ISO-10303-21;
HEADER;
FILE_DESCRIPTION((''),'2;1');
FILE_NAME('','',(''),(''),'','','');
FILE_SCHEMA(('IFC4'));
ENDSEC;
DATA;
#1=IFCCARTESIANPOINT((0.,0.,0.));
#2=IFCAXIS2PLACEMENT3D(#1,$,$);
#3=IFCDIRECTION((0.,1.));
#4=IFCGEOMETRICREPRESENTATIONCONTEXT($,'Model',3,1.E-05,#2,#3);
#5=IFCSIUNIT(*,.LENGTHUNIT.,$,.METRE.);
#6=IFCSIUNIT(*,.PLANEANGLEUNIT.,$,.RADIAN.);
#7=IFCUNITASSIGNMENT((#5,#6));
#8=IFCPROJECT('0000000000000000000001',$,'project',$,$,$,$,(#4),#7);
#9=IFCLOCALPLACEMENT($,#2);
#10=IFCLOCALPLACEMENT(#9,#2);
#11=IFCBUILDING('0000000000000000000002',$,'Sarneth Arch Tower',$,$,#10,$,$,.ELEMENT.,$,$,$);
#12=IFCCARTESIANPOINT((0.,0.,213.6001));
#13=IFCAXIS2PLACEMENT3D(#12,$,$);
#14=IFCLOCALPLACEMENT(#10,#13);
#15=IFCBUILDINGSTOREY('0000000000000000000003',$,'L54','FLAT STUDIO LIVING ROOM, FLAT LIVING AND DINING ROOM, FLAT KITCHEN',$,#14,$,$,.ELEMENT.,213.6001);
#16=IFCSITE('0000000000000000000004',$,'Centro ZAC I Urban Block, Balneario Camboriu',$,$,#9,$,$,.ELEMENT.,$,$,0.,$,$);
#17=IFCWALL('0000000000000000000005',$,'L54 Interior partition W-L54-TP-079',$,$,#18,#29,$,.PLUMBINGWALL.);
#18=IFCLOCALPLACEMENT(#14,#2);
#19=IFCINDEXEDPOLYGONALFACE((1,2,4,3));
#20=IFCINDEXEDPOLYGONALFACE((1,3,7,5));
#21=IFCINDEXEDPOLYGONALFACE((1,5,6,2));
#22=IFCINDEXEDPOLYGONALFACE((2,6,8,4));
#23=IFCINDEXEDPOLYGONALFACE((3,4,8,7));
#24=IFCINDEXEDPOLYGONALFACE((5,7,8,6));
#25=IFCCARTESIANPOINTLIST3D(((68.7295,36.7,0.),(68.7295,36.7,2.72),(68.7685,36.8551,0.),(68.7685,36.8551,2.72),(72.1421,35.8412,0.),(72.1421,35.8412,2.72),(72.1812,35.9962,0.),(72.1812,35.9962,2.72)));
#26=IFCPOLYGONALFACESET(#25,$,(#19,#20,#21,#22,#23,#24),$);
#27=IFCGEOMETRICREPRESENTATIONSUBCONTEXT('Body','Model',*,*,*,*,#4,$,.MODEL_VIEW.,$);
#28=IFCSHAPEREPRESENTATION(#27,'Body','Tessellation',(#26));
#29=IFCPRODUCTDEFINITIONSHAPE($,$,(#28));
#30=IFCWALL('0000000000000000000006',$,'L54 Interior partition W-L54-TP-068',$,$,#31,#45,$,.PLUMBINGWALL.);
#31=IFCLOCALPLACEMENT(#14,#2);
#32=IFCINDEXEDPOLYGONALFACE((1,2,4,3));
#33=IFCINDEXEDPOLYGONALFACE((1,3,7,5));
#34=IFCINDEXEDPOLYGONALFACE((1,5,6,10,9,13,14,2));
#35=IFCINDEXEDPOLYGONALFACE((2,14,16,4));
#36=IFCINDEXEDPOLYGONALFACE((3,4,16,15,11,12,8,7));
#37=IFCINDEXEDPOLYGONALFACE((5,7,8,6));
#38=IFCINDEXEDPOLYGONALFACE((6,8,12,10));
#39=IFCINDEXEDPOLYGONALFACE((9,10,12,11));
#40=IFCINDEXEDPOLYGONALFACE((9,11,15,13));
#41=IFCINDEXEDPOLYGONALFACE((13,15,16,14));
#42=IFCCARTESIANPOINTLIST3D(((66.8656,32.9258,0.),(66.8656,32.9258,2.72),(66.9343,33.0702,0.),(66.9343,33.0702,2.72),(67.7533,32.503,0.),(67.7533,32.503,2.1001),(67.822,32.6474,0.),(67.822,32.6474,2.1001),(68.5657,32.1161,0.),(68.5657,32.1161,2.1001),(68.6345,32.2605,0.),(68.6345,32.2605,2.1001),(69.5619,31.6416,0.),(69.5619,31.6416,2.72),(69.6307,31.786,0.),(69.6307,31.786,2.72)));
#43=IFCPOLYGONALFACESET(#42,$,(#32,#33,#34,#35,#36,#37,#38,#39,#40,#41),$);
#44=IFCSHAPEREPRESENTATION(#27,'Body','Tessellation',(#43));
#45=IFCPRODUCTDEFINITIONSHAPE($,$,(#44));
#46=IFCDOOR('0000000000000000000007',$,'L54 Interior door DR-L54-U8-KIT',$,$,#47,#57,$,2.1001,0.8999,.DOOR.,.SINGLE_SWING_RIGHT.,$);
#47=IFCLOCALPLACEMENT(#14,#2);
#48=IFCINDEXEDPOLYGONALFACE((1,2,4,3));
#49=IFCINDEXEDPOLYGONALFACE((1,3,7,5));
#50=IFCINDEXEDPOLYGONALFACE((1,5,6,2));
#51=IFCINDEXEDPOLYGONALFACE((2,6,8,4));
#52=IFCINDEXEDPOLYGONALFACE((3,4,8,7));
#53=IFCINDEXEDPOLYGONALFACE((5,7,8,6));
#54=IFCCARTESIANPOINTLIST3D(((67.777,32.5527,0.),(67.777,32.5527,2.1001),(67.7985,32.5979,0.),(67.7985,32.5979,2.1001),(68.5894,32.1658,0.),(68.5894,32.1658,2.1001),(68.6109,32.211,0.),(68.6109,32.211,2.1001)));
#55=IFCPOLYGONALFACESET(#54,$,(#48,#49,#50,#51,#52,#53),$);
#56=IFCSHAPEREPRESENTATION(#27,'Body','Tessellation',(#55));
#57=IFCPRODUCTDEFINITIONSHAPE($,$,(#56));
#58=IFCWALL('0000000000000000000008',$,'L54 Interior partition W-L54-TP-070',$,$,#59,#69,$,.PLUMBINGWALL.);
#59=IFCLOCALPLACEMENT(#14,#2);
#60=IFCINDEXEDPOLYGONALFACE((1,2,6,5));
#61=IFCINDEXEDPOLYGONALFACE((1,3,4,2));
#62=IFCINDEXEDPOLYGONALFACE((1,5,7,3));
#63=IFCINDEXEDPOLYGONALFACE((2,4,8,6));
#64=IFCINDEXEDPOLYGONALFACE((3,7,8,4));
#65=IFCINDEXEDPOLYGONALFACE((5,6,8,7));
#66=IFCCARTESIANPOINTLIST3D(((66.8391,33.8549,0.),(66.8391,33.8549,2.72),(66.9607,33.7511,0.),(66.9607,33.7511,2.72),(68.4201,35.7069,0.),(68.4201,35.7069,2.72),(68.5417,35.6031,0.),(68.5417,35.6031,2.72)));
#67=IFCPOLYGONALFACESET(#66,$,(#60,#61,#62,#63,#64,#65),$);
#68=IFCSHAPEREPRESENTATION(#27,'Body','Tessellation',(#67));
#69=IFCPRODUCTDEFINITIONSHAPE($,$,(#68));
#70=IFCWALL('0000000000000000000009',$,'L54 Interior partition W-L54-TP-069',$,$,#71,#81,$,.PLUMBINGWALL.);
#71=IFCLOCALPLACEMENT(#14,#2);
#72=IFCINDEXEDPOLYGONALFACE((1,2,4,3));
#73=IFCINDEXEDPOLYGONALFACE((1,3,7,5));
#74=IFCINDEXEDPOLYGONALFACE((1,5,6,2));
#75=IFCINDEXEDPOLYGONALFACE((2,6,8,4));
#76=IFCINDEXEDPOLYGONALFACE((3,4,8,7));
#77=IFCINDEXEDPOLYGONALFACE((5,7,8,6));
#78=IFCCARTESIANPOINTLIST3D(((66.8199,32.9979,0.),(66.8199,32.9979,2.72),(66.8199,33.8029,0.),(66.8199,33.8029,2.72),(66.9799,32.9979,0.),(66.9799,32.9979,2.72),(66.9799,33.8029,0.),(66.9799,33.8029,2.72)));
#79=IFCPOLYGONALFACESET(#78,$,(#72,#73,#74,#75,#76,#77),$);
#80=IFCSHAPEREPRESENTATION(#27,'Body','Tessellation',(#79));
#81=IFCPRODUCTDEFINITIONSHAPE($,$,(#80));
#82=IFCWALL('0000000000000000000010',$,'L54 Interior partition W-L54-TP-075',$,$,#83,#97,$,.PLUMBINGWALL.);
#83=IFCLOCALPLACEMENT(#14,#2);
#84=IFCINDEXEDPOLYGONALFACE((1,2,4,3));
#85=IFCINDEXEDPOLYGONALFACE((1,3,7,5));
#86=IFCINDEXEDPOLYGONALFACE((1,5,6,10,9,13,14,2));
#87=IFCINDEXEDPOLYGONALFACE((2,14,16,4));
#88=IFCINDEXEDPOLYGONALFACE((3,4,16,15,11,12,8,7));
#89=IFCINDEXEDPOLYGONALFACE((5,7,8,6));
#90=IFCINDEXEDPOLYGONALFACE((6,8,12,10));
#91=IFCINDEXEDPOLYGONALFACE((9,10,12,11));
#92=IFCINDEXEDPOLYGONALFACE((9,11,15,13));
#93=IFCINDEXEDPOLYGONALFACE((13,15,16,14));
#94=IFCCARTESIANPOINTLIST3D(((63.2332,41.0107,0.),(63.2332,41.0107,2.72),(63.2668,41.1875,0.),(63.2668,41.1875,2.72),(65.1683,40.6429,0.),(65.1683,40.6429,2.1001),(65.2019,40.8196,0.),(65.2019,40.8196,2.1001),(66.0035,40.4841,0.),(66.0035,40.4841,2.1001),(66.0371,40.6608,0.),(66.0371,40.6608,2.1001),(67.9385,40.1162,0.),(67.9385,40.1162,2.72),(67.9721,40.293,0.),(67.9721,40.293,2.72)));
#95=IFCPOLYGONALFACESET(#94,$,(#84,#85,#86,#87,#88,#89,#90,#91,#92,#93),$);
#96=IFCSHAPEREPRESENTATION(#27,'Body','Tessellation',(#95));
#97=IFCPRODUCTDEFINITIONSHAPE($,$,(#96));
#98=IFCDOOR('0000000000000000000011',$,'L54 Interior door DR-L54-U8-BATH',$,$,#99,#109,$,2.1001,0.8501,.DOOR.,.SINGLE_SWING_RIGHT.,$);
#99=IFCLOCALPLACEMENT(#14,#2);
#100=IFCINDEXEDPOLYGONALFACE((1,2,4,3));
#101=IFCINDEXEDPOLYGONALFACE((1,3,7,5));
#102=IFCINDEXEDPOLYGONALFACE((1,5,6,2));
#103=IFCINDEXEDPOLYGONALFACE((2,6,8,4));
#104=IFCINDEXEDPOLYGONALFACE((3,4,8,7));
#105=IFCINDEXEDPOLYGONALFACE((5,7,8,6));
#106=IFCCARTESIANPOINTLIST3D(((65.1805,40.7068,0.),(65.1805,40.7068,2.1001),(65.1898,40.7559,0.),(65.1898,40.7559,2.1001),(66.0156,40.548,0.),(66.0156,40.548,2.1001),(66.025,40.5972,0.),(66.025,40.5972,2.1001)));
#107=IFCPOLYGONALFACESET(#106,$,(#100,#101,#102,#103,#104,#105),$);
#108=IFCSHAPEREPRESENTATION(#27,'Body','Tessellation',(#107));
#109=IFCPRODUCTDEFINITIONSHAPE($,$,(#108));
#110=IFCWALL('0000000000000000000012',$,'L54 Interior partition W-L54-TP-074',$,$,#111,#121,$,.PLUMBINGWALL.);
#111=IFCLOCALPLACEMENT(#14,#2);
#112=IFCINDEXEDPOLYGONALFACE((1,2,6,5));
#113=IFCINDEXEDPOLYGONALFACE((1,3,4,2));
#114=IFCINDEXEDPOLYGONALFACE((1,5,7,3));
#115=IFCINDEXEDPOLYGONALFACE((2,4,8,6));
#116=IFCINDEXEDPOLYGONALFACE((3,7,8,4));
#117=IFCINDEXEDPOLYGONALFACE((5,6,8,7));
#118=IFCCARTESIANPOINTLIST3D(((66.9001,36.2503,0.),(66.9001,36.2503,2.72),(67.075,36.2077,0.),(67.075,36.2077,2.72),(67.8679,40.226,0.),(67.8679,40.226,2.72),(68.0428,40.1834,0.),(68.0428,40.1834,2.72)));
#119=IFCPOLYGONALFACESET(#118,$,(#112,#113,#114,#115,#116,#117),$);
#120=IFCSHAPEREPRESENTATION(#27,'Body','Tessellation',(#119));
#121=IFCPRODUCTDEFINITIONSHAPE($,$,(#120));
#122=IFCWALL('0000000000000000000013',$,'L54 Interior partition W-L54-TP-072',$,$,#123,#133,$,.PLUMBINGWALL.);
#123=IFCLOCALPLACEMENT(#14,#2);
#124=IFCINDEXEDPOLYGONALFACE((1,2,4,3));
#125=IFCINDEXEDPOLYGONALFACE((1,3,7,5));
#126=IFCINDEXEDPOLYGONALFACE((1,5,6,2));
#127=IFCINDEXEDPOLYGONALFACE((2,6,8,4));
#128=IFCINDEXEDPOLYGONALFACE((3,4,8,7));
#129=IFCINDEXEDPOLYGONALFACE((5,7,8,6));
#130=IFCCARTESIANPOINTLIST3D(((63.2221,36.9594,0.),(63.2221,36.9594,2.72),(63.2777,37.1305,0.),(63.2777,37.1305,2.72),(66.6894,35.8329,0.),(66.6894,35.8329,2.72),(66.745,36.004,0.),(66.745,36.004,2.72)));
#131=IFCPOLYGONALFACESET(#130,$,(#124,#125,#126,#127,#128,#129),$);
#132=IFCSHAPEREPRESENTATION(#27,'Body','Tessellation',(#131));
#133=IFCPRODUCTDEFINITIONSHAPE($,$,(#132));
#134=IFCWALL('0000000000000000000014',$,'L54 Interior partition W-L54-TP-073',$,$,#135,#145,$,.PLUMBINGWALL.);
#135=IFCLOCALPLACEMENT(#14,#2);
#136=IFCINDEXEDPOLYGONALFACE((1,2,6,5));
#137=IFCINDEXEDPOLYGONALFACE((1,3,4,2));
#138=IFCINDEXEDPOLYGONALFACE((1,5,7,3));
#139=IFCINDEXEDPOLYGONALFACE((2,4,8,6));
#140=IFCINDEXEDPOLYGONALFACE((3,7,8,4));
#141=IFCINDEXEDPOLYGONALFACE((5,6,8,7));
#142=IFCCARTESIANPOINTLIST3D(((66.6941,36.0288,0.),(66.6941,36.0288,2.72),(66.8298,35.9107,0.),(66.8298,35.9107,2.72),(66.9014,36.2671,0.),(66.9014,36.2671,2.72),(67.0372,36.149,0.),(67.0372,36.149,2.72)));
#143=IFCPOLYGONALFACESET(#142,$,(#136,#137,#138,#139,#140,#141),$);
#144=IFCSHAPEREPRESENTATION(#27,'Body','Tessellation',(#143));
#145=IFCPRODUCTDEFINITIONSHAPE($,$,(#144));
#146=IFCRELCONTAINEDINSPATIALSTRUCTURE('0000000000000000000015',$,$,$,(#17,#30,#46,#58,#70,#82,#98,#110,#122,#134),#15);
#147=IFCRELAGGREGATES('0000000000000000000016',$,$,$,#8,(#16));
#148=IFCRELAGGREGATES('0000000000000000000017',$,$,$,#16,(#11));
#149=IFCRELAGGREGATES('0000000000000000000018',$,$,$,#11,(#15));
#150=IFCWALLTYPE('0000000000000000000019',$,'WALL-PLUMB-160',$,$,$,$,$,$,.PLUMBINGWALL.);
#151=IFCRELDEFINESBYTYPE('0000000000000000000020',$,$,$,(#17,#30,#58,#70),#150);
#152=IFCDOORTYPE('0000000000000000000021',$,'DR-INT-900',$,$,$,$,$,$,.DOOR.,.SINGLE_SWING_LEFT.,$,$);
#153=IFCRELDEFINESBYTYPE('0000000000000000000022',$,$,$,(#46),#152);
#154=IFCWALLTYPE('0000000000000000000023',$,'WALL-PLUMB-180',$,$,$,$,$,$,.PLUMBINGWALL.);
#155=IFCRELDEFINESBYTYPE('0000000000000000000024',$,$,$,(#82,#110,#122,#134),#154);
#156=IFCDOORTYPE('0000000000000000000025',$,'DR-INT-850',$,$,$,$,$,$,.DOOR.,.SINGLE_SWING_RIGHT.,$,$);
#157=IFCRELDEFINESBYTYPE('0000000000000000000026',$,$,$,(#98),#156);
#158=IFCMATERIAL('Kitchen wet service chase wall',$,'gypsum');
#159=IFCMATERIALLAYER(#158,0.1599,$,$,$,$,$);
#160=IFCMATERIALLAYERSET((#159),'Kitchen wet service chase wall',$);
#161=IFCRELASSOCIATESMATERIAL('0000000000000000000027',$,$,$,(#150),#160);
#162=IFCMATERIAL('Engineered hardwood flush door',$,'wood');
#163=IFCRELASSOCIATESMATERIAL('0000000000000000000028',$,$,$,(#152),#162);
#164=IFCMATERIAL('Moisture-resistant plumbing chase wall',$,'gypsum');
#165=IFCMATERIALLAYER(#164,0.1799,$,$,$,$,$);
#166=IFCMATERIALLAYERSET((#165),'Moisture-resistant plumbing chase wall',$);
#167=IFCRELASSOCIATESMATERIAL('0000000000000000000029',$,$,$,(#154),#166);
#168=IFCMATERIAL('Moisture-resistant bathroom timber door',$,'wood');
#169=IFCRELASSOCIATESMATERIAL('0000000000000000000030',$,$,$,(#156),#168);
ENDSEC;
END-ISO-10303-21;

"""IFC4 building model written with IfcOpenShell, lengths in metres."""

from ifc_helpers import new_model, si_unit, direction, frame, frame_2d, origin, place, context, subcontext, project, spatial, rectangle, extrude, material, layer, layer_set, type_object, element, fill, save


model = new_model("IFC4")

# Units and contexts
model_context = context("Model", 3, precision=1e-05, world=origin(), true_north=direction((0.0, 1.0)))
body_context = subcontext(model_context, "Body", "Model", "MODEL_VIEW")
ifc_project = project(units=[si_unit("LENGTHUNIT", "METRE"), si_unit("PLANEANGLEUNIT", "RADIAN")], contexts=[model_context])

# Site, building, storey
site_placement = place(None, origin())
site = spatial("IfcSite", under=ifc_project, at=site_placement, Name="Centro ZAC I Urban Block, Balneario Camboriu", CompositionType="ELEMENT", RefElevation=0.0)
building_placement = place(site_placement, origin())
building = spatial("IfcBuilding", under=site, at=building_placement, Name="Sarneth Arch Tower", CompositionType="ELEMENT")
storey_placement = place(building_placement, frame((0.0, 0.0, 213.6001)))
storey = spatial("IfcBuildingStorey", under=building, at=storey_placement, Name="L54", Description="FLAT STUDIO LIVING ROOM, FLAT LIVING AND DINING ROOM, FLAT KITCHEN", CompositionType="ELEMENT", Elevation=213.6001)

# Wall
ifc_material_1 = material(Name="Kitchen wet service chase wall", Category="gypsum")
ifc_layer_1 = layer(ifc_material_1, 0.1599)
ifc_layer_set_1 = layer_set([ifc_layer_1], Name="Kitchen wet service chase wall")
wall_type_1 = type_object("IfcWallType", Name="WALL-PLUMB-160", PredefinedType="PLUMBINGWALL", material=ifc_layer_set_1)
wall_1_placement = place(storey_placement, frame((68.749, 36.7776, 0.0), z_axis=(0.0, 0.0, 1.0), x_axis=(0.969758, -0.24407, 0.0)))
element("IfcWall", 1, at=wall_1_placement, inside=storey, type_object=wall_type_1, Name="L54 Interior partition W-L54-TP-079", PredefinedType="PLUMBINGWALL", context=body_context, shape_type="SweptSolid", body=[
    extrude(rectangle(XDim=3.519, YDim=0.1599, at=frame_2d((1.7595, 0.0))), origin(), (0.0, 0.0, 1.0), 2.72),
])

# Wall, opening, door
wall_2_placement = place(storey_placement, frame((69.5962, 31.7139, 0.0), z_axis=(0.0, 0.0, 1.0), x_axis=(-0.90283, 0.429997, 0.0)))
wall_2 = element("IfcWall", 2, at=wall_2_placement, inside=storey, type_object=wall_type_1, Name="L54 Interior partition W-L54-TP-068", PredefinedType="PLUMBINGWALL", context=body_context, shape_type="SweptSolid", body=[
    extrude(rectangle(XDim=2.9866, YDim=0.1599, at=frame_2d((1.4932, 0.0))), origin(), (0.0, 0.0, 1.0), 2.72),
])
opening_1_placement = place(wall_2_placement, frame((1.1033, 0.0, 0.0)))
opening_1 = element("IfcOpeningElement", 3, at=opening_1_placement, cuts=wall_2, PredefinedType="OPENING", context=body_context, shape_type="SweptSolid", body=[
    extrude(rectangle(XDim=0.8999, YDim=2.1001, at=frame_2d((0.45, 1.05))), frame((0.0, 0.0898, 0.0), z_axis=(0.0, -1.0, 0.0), x_axis=(1.0, 0.0, 0.0)), (0.0, 0.0, 1.0), 0.1799),
])
ifc_material_2 = material(Name="Engineered hardwood flush door", Category="wood")
door_type_1 = type_object("IfcDoorType", Name="DR-INT-900", OperationType="SINGLE_SWING_LEFT", PredefinedType="DOOR", material=ifc_material_2)
door_1_placement = place(opening_1_placement, origin())
door_1 = element("IfcDoor", 4, at=door_1_placement, inside=storey, type_object=door_type_1, Name="L54 Interior door DR-L54-U8-KIT", OperationType="SINGLE_SWING_RIGHT", OverallHeight=2.1001, OverallWidth=0.8999, PredefinedType="DOOR", context=body_context, shape_type="SweptSolid", body=[
    extrude(rectangle(XDim=0.8999, YDim=2.1001, at=frame_2d((0.45, 1.05))), frame((0.0, 0.0249, 0.0), z_axis=(0.0, -1.0, 0.0), x_axis=(1.0, 0.0, 0.0)), (0.0, 0.0, 1.0), 0.05),
])
fill(opening_1, door_1)

# Walls
wall_3_placement = place(storey_placement, frame((66.8999, 33.803, 0.0), z_axis=(0.0, 0.0, 1.0), x_axis=(0.649271, 0.760557, 0.0)))
element("IfcWall", 5, at=wall_3_placement, inside=storey, type_object=wall_type_1, Name="L54 Interior partition W-L54-TP-070", PredefinedType="PLUMBINGWALL", context=body_context, shape_type="SweptSolid", body=[
    extrude(rectangle(XDim=2.4351, YDim=0.1599, at=frame_2d((1.2175, 0.0))), origin(), (0.0, 0.0, 1.0), 2.72),
])
wall_4_placement = place(storey_placement, frame((66.8999, 32.998, 0.0), z_axis=(0.0, 0.0, 1.0), x_axis=(0.0, 1.0, 0.0)))
element("IfcWall", 6, at=wall_4_placement, inside=storey, type_object=wall_type_1, Name="L54 Interior partition W-L54-TP-069", PredefinedType="PLUMBINGWALL", context=body_context, shape_type="SweptSolid", body=[
    extrude(rectangle(XDim=0.8049, YDim=0.1599, at=frame_2d((0.4023, 0.0))), origin(), (0.0, 0.0, 1.0), 2.72),
])

# Wall, opening, door
ifc_material_3 = material(Name="Moisture-resistant plumbing chase wall", Category="gypsum")
ifc_layer_2 = layer(ifc_material_3, 0.1799)
ifc_layer_set_2 = layer_set([ifc_layer_2], Name="Moisture-resistant plumbing chase wall")
wall_type_2 = type_object("IfcWallType", Name="WALL-PLUMB-180", PredefinedType="PLUMBINGWALL", material=ifc_layer_set_2)
wall_5_placement = place(storey_placement, frame((67.9553, 40.2046, 0.0), z_axis=(0.0, 0.0, 1.0), x_axis=(-0.982405, 0.186765, 0.0)))
wall_5 = element("IfcWall", 7, at=wall_5_placement, inside=storey, type_object=wall_type_2, Name="L54 Interior partition W-L54-TP-075", PredefinedType="PLUMBINGWALL", context=body_context, shape_type="SweptSolid", body=[
    extrude(rectangle(XDim=4.7896, YDim=0.1799, at=frame_2d((2.3948, 0.0))), origin(), (0.0, 0.0, 1.0), 2.72),
])
opening_2_placement = place(wall_5_placement, frame((1.9697, 0.0, 0.0)))
opening_2 = element("IfcOpeningElement", 8, at=opening_2_placement, cuts=wall_5, PredefinedType="OPENING", context=body_context, shape_type="SweptSolid", body=[
    extrude(rectangle(XDim=0.8501, YDim=2.1001, at=frame_2d((0.425, 1.05))), frame((0.0, 0.0999, 0.0), z_axis=(0.0, -1.0, 0.0), x_axis=(1.0, 0.0, 0.0)), (0.0, 0.0, 1.0), 0.2),
])
ifc_material_4 = material(Name="Moisture-resistant bathroom timber door", Category="wood")
door_type_2 = type_object("IfcDoorType", Name="DR-INT-850", OperationType="SINGLE_SWING_RIGHT", PredefinedType="DOOR", material=ifc_material_4)
door_2_placement = place(opening_2_placement, origin())
door_2 = element("IfcDoor", 9, at=door_2_placement, inside=storey, type_object=door_type_2, Name="L54 Interior door DR-L54-U8-BATH", OperationType="SINGLE_SWING_RIGHT", OverallHeight=2.1001, OverallWidth=0.8501, PredefinedType="DOOR", context=body_context, shape_type="SweptSolid", body=[
    extrude(rectangle(XDim=0.8501, YDim=2.1001, at=frame_2d((0.425, 1.05))), frame((0.0, 0.0249, 0.0), z_axis=(0.0, -1.0, 0.0), x_axis=(1.0, 0.0, 0.0)), (0.0, 0.0, 1.0), 0.05),
])
fill(opening_2, door_2)

# Walls
wall_6_placement = place(storey_placement, frame((66.9875, 36.229, 0.0), z_axis=(0.0, 0.0, 1.0), x_axis=(0.236522, 0.971626, 0.0)))
element("IfcWall", 10, at=wall_6_placement, inside=storey, type_object=wall_type_2, Name="L54 Interior partition W-L54-TP-074", PredefinedType="PLUMBINGWALL", context=body_context, shape_type="SweptSolid", body=[
    extrude(rectangle(XDim=4.0918, YDim=0.1799, at=frame_2d((2.0459, 0.0))), origin(), (0.0, 0.0, 1.0), 2.72),
])
wall_7_placement = place(storey_placement, frame((63.25, 37.0449, 0.0), z_axis=(0.0, 0.0, 1.0), x_axis=(0.951067, -0.308986, 0.0)))
element("IfcWall", 11, at=wall_7_placement, inside=storey, type_object=wall_type_2, Name="L54 Interior partition W-L54-TP-072", PredefinedType="PLUMBINGWALL", context=body_context, shape_type="SweptSolid", body=[
    extrude(rectangle(XDim=3.6458, YDim=0.1799, at=frame_2d((1.8228, 0.0))), origin(), (0.0, 0.0, 1.0), 2.72),
])
wall_8_placement = place(storey_placement, frame((66.762, 35.9697, 0.0), z_axis=(0.0, 0.0, 1.0), x_axis=(0.656313, 0.754489, 0.0)))
element("IfcWall", 12, at=wall_8_placement, inside=storey, type_object=wall_type_2, Name="L54 Interior partition W-L54-TP-073", PredefinedType="PLUMBINGWALL", context=body_context, shape_type="SweptSolid", body=[
    extrude(rectangle(XDim=0.3159, YDim=0.1799, at=frame_2d((0.158, 0.0))), origin(), (0.0, 0.0, 1.0), 2.72),
])

save(model, "model.ifc")
